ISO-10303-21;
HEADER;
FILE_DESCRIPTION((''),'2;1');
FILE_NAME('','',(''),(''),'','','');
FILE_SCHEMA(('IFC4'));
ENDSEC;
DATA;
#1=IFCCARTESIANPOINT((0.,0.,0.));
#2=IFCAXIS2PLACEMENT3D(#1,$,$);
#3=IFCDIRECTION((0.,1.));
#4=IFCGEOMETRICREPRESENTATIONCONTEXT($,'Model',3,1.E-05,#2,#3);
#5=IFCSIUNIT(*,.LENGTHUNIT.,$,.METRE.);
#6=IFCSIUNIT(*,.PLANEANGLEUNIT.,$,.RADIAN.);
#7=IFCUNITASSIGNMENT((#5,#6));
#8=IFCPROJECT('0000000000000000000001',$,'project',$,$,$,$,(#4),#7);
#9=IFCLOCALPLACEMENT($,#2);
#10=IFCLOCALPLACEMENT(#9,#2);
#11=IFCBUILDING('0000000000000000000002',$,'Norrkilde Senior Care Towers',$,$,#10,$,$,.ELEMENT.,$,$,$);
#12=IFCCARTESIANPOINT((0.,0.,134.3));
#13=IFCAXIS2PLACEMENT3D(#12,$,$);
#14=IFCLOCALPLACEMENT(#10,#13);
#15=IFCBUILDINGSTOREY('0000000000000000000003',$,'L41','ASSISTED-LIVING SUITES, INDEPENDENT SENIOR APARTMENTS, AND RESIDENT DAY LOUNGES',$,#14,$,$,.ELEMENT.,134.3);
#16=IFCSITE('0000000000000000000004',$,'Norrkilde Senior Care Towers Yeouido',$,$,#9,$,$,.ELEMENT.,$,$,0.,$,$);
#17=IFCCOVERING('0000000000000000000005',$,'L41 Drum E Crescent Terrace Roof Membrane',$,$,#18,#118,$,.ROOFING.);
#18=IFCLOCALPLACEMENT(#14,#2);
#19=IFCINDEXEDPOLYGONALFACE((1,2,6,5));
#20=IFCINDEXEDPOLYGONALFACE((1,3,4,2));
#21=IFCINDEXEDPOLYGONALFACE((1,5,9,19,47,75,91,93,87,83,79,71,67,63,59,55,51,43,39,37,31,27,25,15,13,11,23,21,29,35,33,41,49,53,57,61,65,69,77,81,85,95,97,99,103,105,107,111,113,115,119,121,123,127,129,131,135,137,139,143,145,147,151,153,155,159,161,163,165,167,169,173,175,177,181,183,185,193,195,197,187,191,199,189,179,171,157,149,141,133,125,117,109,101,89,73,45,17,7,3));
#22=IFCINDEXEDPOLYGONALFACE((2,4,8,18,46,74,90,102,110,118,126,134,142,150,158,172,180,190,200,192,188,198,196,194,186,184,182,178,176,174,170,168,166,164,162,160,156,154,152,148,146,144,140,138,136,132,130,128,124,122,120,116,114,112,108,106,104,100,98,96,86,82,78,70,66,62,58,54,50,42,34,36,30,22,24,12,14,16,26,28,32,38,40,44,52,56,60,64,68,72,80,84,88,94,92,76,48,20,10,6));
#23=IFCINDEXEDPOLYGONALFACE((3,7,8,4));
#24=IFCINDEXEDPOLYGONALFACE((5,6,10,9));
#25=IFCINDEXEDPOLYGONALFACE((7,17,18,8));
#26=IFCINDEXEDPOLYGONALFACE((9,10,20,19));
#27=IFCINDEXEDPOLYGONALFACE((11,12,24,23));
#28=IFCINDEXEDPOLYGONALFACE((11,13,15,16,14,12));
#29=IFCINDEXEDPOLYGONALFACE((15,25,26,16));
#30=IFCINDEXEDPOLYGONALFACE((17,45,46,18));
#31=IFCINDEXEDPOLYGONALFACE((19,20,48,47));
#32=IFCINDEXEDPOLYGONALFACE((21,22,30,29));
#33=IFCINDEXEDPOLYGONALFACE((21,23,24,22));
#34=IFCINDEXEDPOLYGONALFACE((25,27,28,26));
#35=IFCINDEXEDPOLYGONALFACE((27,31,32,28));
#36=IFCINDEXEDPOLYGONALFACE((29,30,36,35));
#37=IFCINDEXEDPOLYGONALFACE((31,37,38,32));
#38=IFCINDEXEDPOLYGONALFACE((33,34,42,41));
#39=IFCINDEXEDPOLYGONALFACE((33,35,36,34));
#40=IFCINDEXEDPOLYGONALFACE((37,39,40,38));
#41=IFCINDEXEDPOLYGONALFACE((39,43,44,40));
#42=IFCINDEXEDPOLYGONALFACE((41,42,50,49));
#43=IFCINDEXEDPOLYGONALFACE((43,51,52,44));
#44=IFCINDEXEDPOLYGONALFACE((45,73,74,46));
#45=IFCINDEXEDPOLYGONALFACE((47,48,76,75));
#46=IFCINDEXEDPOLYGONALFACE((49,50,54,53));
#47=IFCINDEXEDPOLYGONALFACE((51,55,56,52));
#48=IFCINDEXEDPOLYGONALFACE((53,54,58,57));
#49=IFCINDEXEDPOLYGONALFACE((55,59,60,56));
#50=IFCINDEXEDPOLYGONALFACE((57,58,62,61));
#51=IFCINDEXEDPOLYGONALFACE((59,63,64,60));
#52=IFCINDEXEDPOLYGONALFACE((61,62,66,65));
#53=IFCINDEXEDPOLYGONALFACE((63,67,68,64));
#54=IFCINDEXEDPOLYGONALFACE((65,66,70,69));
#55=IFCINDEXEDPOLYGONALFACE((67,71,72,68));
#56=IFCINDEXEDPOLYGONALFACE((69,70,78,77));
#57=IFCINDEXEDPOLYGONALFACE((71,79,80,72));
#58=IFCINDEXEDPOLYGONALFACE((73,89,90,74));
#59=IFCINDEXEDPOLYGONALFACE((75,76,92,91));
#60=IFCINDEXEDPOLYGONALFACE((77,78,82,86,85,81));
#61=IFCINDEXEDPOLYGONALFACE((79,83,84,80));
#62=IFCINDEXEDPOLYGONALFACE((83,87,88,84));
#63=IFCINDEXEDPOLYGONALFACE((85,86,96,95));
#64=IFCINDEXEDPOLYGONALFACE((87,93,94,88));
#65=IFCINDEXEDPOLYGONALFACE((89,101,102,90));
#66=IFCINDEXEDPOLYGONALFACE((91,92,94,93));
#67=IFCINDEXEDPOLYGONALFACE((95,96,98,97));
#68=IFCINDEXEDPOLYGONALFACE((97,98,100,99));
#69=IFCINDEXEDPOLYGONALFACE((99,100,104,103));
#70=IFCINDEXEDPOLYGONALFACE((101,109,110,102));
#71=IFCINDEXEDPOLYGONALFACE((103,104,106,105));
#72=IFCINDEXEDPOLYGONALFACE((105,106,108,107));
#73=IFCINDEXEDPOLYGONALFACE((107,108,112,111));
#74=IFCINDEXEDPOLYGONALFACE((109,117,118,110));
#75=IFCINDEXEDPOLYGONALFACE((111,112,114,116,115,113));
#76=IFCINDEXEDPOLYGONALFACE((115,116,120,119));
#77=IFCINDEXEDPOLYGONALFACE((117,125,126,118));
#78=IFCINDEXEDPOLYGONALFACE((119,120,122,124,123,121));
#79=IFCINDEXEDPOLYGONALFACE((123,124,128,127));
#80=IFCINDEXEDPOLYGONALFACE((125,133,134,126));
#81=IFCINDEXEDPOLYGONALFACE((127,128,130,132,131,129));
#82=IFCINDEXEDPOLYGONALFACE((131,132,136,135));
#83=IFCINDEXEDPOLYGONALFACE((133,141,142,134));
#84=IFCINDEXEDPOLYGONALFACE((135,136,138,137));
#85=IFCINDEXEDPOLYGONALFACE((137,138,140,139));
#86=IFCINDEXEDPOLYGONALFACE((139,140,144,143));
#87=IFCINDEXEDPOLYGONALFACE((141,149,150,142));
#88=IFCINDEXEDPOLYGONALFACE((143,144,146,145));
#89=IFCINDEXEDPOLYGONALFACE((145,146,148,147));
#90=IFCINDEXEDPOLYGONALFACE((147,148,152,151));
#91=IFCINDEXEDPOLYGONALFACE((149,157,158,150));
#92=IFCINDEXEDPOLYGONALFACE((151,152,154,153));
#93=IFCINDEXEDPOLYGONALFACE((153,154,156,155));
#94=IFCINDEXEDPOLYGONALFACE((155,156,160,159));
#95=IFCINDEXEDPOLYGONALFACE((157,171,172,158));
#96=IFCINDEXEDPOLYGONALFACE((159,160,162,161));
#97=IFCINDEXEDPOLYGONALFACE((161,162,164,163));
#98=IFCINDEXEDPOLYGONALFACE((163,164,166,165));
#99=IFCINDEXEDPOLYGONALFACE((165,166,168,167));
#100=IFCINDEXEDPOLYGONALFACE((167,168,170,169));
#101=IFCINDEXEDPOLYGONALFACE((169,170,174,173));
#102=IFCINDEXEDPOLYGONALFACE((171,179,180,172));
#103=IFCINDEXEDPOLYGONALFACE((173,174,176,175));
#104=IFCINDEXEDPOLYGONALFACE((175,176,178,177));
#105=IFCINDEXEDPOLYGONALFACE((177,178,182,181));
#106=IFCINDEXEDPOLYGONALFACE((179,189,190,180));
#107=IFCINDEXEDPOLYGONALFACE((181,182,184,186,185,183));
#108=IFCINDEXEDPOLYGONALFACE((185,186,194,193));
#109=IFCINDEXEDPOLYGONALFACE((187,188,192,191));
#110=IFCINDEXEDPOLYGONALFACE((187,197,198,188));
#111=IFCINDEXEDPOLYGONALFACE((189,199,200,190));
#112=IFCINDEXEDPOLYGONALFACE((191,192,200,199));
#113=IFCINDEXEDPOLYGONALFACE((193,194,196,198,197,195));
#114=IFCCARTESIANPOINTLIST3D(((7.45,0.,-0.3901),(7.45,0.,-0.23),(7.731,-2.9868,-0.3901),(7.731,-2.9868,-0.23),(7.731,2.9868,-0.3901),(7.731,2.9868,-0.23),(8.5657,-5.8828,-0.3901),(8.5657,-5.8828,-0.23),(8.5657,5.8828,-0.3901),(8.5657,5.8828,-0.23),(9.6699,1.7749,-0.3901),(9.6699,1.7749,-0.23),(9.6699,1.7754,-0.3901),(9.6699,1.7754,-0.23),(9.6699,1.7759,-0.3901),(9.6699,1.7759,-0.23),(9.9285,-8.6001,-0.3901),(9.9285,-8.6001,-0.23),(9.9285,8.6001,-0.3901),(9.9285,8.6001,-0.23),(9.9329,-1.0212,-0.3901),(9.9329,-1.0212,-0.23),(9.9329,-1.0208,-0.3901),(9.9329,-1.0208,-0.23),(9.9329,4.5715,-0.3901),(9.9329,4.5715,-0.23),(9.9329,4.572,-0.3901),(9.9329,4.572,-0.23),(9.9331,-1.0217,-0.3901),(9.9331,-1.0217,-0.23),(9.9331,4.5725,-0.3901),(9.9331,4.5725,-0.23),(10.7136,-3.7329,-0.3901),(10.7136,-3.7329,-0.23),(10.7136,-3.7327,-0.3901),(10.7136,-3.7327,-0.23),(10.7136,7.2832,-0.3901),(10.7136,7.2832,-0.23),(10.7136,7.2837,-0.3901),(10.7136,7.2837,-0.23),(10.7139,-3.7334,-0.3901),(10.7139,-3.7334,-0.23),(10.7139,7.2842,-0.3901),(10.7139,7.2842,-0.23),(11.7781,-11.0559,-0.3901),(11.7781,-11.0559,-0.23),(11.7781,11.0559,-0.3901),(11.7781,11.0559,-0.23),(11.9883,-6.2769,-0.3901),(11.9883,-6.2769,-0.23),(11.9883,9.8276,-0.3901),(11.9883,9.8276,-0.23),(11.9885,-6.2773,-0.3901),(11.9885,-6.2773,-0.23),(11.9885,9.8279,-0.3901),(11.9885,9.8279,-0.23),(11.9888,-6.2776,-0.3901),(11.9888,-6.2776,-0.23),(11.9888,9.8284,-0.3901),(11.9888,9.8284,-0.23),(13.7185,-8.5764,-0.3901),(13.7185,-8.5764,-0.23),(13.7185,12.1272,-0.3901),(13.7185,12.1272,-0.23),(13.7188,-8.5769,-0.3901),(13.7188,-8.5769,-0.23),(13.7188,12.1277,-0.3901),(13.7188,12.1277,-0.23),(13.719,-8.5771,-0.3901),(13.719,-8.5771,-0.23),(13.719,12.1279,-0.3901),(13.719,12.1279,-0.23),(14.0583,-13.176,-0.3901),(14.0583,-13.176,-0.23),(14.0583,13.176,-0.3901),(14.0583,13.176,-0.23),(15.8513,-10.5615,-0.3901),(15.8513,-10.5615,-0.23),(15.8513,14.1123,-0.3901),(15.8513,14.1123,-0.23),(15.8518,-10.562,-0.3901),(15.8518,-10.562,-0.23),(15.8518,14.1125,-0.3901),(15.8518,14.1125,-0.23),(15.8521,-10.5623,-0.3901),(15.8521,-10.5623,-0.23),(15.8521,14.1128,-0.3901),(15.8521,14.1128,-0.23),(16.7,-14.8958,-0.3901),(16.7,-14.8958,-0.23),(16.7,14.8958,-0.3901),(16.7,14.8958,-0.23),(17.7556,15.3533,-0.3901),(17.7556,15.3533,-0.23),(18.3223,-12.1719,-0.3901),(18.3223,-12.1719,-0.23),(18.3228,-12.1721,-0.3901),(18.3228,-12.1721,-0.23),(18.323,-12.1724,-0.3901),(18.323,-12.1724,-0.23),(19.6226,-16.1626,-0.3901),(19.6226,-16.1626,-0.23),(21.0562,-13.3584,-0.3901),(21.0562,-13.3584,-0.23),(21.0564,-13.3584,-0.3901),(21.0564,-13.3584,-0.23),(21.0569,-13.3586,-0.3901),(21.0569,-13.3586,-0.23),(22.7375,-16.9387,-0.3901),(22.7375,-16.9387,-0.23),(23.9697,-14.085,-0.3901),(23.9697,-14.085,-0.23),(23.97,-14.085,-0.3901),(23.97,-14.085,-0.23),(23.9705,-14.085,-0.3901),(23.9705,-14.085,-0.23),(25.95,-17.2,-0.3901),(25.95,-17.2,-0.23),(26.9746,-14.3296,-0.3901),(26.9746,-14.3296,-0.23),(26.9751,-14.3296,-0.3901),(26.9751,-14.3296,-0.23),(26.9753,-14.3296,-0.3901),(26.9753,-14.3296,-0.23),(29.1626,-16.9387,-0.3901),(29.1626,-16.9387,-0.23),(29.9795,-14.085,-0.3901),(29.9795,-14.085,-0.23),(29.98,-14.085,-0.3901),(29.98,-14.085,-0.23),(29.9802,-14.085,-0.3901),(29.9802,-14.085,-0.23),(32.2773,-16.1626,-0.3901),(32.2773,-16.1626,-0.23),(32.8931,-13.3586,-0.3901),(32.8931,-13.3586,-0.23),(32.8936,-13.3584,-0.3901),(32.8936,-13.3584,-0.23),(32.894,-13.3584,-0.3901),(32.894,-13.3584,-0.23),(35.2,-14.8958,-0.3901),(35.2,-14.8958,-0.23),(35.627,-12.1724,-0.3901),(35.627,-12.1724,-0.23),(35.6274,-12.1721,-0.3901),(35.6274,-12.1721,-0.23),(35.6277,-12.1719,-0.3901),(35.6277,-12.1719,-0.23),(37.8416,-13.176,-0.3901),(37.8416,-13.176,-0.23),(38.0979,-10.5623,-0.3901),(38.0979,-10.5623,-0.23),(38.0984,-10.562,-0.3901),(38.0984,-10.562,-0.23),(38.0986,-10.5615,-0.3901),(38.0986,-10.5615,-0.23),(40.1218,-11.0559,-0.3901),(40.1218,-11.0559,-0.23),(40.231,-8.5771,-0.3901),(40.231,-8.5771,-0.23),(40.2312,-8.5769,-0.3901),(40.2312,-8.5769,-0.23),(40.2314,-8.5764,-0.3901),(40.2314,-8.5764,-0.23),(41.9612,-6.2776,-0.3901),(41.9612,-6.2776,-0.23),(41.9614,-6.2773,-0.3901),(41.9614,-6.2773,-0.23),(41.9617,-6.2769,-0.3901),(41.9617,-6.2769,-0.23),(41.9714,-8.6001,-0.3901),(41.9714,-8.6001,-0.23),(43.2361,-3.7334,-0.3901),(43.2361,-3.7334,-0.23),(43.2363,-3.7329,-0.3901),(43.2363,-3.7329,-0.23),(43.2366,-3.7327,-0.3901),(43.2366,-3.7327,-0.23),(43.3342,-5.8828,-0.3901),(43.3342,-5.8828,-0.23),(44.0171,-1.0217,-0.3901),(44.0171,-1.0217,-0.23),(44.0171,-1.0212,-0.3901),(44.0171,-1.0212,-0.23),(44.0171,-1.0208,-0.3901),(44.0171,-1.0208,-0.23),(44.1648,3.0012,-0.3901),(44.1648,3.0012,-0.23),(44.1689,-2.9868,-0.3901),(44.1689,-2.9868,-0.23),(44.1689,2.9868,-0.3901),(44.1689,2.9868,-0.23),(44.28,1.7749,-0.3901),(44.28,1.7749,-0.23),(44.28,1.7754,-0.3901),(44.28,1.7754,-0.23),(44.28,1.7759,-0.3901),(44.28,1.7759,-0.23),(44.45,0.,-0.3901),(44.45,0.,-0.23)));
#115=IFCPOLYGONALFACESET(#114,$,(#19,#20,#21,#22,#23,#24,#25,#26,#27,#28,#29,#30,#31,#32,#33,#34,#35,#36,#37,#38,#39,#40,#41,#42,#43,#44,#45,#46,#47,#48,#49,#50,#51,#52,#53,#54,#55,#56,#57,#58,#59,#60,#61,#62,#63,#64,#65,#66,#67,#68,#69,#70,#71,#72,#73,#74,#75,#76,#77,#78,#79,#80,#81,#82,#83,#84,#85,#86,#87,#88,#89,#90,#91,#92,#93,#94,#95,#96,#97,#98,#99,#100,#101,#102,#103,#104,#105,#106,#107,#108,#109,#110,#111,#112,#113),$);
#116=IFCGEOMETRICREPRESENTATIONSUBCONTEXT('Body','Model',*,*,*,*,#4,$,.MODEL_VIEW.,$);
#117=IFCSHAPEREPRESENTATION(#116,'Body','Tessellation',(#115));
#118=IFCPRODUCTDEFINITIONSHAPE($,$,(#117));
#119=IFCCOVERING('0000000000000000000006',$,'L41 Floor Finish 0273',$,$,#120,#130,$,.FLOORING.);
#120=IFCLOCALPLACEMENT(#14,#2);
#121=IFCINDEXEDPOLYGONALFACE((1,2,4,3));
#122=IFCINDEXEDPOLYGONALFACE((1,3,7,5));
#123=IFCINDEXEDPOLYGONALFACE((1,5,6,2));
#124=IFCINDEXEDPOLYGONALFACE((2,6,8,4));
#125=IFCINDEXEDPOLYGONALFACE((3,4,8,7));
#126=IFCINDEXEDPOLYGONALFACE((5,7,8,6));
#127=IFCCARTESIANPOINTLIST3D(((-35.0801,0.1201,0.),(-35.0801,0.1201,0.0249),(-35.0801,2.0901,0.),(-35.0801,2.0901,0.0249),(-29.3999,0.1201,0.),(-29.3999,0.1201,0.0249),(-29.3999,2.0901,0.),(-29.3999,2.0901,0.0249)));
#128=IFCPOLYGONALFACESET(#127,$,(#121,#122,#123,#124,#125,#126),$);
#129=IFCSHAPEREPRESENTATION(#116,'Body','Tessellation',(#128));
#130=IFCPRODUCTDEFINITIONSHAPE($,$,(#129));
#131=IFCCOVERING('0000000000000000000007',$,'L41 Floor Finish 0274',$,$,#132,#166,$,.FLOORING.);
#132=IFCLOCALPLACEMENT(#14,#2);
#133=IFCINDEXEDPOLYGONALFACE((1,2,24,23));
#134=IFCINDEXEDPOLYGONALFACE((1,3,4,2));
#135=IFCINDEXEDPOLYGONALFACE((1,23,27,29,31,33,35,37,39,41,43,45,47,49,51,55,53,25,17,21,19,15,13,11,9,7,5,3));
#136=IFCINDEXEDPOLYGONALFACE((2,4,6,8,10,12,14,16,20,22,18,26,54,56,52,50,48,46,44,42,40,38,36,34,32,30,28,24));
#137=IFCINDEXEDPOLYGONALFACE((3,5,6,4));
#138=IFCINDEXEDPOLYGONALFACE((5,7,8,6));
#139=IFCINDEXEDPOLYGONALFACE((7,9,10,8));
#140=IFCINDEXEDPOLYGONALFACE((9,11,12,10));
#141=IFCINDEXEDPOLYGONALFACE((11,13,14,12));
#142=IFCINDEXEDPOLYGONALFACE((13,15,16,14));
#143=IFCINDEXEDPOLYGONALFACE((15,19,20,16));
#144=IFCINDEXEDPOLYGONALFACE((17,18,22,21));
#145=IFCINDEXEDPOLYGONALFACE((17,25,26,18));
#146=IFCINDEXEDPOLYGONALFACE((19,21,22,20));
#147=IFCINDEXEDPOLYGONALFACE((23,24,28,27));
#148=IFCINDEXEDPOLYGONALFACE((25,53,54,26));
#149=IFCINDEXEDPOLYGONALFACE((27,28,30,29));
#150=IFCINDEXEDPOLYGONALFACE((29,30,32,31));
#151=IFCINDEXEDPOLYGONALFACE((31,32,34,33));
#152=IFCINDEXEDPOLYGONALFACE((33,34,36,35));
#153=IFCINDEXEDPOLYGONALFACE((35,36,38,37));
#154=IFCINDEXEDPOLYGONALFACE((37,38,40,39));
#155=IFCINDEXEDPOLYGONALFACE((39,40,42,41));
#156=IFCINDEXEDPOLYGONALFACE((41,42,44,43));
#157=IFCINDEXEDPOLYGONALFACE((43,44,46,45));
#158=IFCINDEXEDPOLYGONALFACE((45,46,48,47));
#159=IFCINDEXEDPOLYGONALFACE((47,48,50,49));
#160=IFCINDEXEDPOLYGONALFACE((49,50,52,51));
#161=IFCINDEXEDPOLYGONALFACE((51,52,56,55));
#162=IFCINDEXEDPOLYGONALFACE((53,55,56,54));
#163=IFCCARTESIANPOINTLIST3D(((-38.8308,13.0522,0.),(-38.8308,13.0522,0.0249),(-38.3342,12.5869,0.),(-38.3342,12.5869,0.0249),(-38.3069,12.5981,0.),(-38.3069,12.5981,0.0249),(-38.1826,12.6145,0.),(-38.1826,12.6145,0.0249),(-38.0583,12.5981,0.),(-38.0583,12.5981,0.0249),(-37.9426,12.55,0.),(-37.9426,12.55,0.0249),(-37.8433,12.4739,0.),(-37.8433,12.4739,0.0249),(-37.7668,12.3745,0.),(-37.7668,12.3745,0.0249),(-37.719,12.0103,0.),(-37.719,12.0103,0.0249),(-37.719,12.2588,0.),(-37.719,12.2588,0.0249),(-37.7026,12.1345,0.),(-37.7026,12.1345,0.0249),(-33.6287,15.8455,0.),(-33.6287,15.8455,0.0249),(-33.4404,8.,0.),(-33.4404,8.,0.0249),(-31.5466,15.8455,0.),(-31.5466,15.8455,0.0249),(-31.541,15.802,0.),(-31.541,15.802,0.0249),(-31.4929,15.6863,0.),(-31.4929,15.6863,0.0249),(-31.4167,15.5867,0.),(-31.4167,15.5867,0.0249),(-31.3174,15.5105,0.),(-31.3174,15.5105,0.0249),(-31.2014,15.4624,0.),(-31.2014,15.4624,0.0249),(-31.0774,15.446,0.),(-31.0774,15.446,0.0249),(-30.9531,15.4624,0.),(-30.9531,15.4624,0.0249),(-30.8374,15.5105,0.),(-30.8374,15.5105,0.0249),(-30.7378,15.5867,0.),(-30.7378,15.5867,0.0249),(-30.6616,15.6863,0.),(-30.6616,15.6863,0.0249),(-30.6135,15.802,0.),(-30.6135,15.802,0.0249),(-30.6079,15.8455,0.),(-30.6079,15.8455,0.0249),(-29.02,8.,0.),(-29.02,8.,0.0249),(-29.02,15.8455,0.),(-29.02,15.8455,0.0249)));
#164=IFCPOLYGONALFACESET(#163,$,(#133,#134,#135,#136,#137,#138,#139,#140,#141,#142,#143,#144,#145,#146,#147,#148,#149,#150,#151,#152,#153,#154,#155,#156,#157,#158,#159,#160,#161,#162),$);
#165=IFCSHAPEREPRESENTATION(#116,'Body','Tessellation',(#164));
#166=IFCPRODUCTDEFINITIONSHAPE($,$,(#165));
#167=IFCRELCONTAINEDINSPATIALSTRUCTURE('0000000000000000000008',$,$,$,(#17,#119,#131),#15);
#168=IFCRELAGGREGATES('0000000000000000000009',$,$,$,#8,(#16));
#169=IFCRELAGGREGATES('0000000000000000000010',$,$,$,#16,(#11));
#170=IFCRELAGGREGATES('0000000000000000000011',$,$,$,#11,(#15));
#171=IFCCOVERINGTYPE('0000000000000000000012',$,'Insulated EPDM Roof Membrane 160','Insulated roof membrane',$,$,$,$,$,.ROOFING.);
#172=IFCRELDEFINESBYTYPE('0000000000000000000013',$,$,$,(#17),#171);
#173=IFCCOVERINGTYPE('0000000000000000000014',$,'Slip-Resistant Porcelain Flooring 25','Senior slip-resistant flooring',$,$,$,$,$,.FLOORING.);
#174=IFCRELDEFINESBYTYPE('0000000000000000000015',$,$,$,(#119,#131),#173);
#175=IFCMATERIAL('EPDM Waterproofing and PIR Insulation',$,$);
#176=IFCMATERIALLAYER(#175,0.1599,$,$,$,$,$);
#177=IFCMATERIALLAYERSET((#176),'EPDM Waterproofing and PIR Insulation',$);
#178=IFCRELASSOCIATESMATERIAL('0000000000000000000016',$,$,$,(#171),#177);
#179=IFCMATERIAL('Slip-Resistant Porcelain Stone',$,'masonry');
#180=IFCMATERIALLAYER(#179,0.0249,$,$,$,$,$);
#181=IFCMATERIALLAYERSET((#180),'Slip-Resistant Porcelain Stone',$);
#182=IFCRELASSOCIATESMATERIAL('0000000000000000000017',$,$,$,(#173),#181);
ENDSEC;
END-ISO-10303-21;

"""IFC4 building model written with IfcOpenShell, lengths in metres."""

from ifc_helpers import new_model, si_unit, direction, frame, origin, place, context, subcontext, project, spatial, polyline, outline, extrude, material, layer, layer_set, type_object, element, save


model = new_model("IFC4")

# Units and contexts
model_context = context("Model", 3, precision=1e-05, world=origin(), true_north=direction((0.0, 1.0)))
body_context = subcontext(model_context, "Body", "Model", "MODEL_VIEW")
ifc_project = project(units=[si_unit("LENGTHUNIT", "METRE"), si_unit("PLANEANGLEUNIT", "RADIAN")], contexts=[model_context])

# Site, building, storey
site_placement = place(None, origin())
site = spatial("IfcSite", under=ifc_project, at=site_placement, Name="Norrkilde Senior Care Towers Yeouido", CompositionType="ELEMENT", RefElevation=0.0)
building_placement = place(site_placement, origin())
building = spatial("IfcBuilding", under=site, at=building_placement, Name="Norrkilde Senior Care Towers", CompositionType="ELEMENT")
storey_placement = place(building_placement, frame((0.0, 0.0, 134.3)))
storey = spatial("IfcBuildingStorey", under=building, at=storey_placement, Name="L41", Description="ASSISTED-LIVING SUITES, INDEPENDENT SENIOR APARTMENTS, AND RESIDENT DAY LOUNGES", CompositionType="ELEMENT", Elevation=134.3)

# Coverings
ifc_material_1 = material(Name="EPDM Waterproofing and PIR Insulation")
ifc_layer_1 = layer(ifc_material_1, 0.1599)
ifc_layer_set_1 = layer_set([ifc_layer_1], Name="EPDM Waterproofing and PIR Insulation")
covering_type_1 = type_object("IfcCoveringType", Name="Insulated EPDM Roof Membrane 160", Description="Insulated roof membrane", PredefinedType="ROOFING", material=ifc_layer_set_1)
covering_1_placement = place(storey_placement, frame((0.0, 0.0, -0.3901)))
element("IfcCovering", 1, at=covering_1_placement, inside=storey, type_object=covering_type_1, Name="L41 Drum E Crescent Terrace Roof Membrane", PredefinedType="ROOFING", context=body_context, shape_type="SweptSolid", body=[
    extrude(outline(polyline([(44.1689, 2.9868), (44.45, 0.0), (44.1689, -2.9868), (43.3342, -5.8828), (41.9714, -8.6001), (40.1218, -11.0559), (37.8416, -13.176), (35.2, -14.8958), (32.2773, -16.1626), (29.1626, -16.9387), (25.95, -17.2), (22.7375, -16.9387), (19.6226, -16.1626), (16.7, -14.8958), (14.0583, -13.176), (11.7781, -11.0559), (9.9285, -8.6001), (8.5657, -5.8828), (7.731, -2.9868), (7.45, 0.0), (7.731, 2.9868), (8.5657, 5.8828), (9.9285, 8.6001), (11.7781, 11.0559), (14.0583, 13.176), (16.7, 14.8958), (17.7556, 15.3533), (15.8521, 14.1128), (15.8518, 14.1125), (15.8513, 14.1123), (13.719, 12.1279), (13.7188, 12.1277), (13.7185, 12.1272), (11.9888, 9.8284), (11.9885, 9.8279), (11.9883, 9.8276), (10.7139, 7.2842), (10.7136, 7.2837), (10.7136, 7.2832), (9.9331, 4.5725), (9.9329, 4.572), (9.9329, 4.5715), (9.6699, 1.7759), (9.6699, 1.7754), (9.6699, 1.7749), (9.9329, -1.0208), (9.9329, -1.0212), (9.9331, -1.0217), (10.7136, -3.7327), (10.7136, -3.7329), (10.7139, -3.7334), (11.9883, -6.2769), (11.9885, -6.2773), (11.9888, -6.2776), (13.7185, -8.5764), (13.7188, -8.5769), (13.719, -8.5771), (15.8513, -10.5615), (15.8518, -10.562), (15.8521, -10.5623), (18.3223, -12.1719), (18.3228, -12.1721), (18.323, -12.1724), (21.0562, -13.3584), (21.0564, -13.3584), (21.0569, -13.3586), (23.9697, -14.085), (23.97, -14.085), (23.9705, -14.085), (26.9746, -14.3296), (26.9751, -14.3296), (26.9753, -14.3296), (29.9795, -14.085), (29.98, -14.085), (29.9802, -14.085), (32.8931, -13.3586), (32.8936, -13.3584), (32.894, -13.3584), (35.627, -12.1724), (35.6274, -12.1721), (35.6277, -12.1719), (38.0979, -10.5623), (38.0984, -10.562), (38.0986, -10.5615), (40.231, -8.5771), (40.2312, -8.5769), (40.2314, -8.5764), (41.9612, -6.2776), (41.9614, -6.2773), (41.9617, -6.2769), (43.2361, -3.7334), (43.2363, -3.7329), (43.2366, -3.7327), (44.0171, -1.0217), (44.0171, -1.0212), (44.0171, -1.0208), (44.28, 1.7749), (44.28, 1.7754), (44.28, 1.7759), (44.1648, 3.0012), (44.1689, 2.9868)])), origin(), (0.0, 0.0, 1.0), 0.1602),
])
ifc_material_2 = material(Name="Slip-Resistant Porcelain Stone", Category="masonry")
ifc_layer_2 = layer(ifc_material_2, 0.0249)
ifc_layer_set_2 = layer_set([ifc_layer_2], Name="Slip-Resistant Porcelain Stone")
covering_type_2 = type_object("IfcCoveringType", Name="Slip-Resistant Porcelain Flooring 25", Description="Senior slip-resistant flooring", PredefinedType="FLOORING", material=ifc_layer_set_2)
covering_2_placement = place(storey_placement, origin())
element("IfcCovering", 2, at=covering_2_placement, inside=storey, type_object=covering_type_2, Name="L41 Floor Finish 0273", PredefinedType="FLOORING", context=body_context, shape_type="SweptSolid", body=[
    extrude(outline(polyline([(-29.3999, 0.1201), (-35.0801, 0.1201), (-35.0801, 2.0901), (-29.3999, 2.0901), (-29.3999, 0.1201)])), origin(), (0.0, 0.0, 1.0), 0.0249),
])
covering_3_placement = place(storey_placement, origin())
element("IfcCovering", 3, at=covering_3_placement, inside=storey, type_object=covering_type_2, Name="L41 Floor Finish 0274", PredefinedType="FLOORING", context=body_context, shape_type="SweptSolid", body=[
    extrude(outline(polyline([(-31.5466, 15.8455), (-31.541, 15.802), (-31.4929, 15.6863), (-31.4167, 15.5867), (-31.3174, 15.5105), (-31.2014, 15.4624), (-31.0774, 15.446), (-30.9531, 15.4624), (-30.8374, 15.5105), (-30.7378, 15.5867), (-30.6616, 15.6863), (-30.6135, 15.802), (-30.6079, 15.8455), (-29.02, 15.8455), (-29.02, 8.0), (-33.4404, 8.0), (-37.719, 12.0103), (-37.719, 12.0103), (-37.7026, 12.1345), (-37.719, 12.2588), (-37.7668, 12.3745), (-37.8433, 12.4739), (-37.9426, 12.55), (-38.0583, 12.5981), (-38.1826, 12.6145), (-38.3069, 12.5981), (-38.3342, 12.5869), (-38.8308, 13.0522), (-33.6287, 15.8455), (-31.5466, 15.8455)])), origin(), (0.0, 0.0, 1.0), 0.0249),
])

save(model, "model.ifc")
